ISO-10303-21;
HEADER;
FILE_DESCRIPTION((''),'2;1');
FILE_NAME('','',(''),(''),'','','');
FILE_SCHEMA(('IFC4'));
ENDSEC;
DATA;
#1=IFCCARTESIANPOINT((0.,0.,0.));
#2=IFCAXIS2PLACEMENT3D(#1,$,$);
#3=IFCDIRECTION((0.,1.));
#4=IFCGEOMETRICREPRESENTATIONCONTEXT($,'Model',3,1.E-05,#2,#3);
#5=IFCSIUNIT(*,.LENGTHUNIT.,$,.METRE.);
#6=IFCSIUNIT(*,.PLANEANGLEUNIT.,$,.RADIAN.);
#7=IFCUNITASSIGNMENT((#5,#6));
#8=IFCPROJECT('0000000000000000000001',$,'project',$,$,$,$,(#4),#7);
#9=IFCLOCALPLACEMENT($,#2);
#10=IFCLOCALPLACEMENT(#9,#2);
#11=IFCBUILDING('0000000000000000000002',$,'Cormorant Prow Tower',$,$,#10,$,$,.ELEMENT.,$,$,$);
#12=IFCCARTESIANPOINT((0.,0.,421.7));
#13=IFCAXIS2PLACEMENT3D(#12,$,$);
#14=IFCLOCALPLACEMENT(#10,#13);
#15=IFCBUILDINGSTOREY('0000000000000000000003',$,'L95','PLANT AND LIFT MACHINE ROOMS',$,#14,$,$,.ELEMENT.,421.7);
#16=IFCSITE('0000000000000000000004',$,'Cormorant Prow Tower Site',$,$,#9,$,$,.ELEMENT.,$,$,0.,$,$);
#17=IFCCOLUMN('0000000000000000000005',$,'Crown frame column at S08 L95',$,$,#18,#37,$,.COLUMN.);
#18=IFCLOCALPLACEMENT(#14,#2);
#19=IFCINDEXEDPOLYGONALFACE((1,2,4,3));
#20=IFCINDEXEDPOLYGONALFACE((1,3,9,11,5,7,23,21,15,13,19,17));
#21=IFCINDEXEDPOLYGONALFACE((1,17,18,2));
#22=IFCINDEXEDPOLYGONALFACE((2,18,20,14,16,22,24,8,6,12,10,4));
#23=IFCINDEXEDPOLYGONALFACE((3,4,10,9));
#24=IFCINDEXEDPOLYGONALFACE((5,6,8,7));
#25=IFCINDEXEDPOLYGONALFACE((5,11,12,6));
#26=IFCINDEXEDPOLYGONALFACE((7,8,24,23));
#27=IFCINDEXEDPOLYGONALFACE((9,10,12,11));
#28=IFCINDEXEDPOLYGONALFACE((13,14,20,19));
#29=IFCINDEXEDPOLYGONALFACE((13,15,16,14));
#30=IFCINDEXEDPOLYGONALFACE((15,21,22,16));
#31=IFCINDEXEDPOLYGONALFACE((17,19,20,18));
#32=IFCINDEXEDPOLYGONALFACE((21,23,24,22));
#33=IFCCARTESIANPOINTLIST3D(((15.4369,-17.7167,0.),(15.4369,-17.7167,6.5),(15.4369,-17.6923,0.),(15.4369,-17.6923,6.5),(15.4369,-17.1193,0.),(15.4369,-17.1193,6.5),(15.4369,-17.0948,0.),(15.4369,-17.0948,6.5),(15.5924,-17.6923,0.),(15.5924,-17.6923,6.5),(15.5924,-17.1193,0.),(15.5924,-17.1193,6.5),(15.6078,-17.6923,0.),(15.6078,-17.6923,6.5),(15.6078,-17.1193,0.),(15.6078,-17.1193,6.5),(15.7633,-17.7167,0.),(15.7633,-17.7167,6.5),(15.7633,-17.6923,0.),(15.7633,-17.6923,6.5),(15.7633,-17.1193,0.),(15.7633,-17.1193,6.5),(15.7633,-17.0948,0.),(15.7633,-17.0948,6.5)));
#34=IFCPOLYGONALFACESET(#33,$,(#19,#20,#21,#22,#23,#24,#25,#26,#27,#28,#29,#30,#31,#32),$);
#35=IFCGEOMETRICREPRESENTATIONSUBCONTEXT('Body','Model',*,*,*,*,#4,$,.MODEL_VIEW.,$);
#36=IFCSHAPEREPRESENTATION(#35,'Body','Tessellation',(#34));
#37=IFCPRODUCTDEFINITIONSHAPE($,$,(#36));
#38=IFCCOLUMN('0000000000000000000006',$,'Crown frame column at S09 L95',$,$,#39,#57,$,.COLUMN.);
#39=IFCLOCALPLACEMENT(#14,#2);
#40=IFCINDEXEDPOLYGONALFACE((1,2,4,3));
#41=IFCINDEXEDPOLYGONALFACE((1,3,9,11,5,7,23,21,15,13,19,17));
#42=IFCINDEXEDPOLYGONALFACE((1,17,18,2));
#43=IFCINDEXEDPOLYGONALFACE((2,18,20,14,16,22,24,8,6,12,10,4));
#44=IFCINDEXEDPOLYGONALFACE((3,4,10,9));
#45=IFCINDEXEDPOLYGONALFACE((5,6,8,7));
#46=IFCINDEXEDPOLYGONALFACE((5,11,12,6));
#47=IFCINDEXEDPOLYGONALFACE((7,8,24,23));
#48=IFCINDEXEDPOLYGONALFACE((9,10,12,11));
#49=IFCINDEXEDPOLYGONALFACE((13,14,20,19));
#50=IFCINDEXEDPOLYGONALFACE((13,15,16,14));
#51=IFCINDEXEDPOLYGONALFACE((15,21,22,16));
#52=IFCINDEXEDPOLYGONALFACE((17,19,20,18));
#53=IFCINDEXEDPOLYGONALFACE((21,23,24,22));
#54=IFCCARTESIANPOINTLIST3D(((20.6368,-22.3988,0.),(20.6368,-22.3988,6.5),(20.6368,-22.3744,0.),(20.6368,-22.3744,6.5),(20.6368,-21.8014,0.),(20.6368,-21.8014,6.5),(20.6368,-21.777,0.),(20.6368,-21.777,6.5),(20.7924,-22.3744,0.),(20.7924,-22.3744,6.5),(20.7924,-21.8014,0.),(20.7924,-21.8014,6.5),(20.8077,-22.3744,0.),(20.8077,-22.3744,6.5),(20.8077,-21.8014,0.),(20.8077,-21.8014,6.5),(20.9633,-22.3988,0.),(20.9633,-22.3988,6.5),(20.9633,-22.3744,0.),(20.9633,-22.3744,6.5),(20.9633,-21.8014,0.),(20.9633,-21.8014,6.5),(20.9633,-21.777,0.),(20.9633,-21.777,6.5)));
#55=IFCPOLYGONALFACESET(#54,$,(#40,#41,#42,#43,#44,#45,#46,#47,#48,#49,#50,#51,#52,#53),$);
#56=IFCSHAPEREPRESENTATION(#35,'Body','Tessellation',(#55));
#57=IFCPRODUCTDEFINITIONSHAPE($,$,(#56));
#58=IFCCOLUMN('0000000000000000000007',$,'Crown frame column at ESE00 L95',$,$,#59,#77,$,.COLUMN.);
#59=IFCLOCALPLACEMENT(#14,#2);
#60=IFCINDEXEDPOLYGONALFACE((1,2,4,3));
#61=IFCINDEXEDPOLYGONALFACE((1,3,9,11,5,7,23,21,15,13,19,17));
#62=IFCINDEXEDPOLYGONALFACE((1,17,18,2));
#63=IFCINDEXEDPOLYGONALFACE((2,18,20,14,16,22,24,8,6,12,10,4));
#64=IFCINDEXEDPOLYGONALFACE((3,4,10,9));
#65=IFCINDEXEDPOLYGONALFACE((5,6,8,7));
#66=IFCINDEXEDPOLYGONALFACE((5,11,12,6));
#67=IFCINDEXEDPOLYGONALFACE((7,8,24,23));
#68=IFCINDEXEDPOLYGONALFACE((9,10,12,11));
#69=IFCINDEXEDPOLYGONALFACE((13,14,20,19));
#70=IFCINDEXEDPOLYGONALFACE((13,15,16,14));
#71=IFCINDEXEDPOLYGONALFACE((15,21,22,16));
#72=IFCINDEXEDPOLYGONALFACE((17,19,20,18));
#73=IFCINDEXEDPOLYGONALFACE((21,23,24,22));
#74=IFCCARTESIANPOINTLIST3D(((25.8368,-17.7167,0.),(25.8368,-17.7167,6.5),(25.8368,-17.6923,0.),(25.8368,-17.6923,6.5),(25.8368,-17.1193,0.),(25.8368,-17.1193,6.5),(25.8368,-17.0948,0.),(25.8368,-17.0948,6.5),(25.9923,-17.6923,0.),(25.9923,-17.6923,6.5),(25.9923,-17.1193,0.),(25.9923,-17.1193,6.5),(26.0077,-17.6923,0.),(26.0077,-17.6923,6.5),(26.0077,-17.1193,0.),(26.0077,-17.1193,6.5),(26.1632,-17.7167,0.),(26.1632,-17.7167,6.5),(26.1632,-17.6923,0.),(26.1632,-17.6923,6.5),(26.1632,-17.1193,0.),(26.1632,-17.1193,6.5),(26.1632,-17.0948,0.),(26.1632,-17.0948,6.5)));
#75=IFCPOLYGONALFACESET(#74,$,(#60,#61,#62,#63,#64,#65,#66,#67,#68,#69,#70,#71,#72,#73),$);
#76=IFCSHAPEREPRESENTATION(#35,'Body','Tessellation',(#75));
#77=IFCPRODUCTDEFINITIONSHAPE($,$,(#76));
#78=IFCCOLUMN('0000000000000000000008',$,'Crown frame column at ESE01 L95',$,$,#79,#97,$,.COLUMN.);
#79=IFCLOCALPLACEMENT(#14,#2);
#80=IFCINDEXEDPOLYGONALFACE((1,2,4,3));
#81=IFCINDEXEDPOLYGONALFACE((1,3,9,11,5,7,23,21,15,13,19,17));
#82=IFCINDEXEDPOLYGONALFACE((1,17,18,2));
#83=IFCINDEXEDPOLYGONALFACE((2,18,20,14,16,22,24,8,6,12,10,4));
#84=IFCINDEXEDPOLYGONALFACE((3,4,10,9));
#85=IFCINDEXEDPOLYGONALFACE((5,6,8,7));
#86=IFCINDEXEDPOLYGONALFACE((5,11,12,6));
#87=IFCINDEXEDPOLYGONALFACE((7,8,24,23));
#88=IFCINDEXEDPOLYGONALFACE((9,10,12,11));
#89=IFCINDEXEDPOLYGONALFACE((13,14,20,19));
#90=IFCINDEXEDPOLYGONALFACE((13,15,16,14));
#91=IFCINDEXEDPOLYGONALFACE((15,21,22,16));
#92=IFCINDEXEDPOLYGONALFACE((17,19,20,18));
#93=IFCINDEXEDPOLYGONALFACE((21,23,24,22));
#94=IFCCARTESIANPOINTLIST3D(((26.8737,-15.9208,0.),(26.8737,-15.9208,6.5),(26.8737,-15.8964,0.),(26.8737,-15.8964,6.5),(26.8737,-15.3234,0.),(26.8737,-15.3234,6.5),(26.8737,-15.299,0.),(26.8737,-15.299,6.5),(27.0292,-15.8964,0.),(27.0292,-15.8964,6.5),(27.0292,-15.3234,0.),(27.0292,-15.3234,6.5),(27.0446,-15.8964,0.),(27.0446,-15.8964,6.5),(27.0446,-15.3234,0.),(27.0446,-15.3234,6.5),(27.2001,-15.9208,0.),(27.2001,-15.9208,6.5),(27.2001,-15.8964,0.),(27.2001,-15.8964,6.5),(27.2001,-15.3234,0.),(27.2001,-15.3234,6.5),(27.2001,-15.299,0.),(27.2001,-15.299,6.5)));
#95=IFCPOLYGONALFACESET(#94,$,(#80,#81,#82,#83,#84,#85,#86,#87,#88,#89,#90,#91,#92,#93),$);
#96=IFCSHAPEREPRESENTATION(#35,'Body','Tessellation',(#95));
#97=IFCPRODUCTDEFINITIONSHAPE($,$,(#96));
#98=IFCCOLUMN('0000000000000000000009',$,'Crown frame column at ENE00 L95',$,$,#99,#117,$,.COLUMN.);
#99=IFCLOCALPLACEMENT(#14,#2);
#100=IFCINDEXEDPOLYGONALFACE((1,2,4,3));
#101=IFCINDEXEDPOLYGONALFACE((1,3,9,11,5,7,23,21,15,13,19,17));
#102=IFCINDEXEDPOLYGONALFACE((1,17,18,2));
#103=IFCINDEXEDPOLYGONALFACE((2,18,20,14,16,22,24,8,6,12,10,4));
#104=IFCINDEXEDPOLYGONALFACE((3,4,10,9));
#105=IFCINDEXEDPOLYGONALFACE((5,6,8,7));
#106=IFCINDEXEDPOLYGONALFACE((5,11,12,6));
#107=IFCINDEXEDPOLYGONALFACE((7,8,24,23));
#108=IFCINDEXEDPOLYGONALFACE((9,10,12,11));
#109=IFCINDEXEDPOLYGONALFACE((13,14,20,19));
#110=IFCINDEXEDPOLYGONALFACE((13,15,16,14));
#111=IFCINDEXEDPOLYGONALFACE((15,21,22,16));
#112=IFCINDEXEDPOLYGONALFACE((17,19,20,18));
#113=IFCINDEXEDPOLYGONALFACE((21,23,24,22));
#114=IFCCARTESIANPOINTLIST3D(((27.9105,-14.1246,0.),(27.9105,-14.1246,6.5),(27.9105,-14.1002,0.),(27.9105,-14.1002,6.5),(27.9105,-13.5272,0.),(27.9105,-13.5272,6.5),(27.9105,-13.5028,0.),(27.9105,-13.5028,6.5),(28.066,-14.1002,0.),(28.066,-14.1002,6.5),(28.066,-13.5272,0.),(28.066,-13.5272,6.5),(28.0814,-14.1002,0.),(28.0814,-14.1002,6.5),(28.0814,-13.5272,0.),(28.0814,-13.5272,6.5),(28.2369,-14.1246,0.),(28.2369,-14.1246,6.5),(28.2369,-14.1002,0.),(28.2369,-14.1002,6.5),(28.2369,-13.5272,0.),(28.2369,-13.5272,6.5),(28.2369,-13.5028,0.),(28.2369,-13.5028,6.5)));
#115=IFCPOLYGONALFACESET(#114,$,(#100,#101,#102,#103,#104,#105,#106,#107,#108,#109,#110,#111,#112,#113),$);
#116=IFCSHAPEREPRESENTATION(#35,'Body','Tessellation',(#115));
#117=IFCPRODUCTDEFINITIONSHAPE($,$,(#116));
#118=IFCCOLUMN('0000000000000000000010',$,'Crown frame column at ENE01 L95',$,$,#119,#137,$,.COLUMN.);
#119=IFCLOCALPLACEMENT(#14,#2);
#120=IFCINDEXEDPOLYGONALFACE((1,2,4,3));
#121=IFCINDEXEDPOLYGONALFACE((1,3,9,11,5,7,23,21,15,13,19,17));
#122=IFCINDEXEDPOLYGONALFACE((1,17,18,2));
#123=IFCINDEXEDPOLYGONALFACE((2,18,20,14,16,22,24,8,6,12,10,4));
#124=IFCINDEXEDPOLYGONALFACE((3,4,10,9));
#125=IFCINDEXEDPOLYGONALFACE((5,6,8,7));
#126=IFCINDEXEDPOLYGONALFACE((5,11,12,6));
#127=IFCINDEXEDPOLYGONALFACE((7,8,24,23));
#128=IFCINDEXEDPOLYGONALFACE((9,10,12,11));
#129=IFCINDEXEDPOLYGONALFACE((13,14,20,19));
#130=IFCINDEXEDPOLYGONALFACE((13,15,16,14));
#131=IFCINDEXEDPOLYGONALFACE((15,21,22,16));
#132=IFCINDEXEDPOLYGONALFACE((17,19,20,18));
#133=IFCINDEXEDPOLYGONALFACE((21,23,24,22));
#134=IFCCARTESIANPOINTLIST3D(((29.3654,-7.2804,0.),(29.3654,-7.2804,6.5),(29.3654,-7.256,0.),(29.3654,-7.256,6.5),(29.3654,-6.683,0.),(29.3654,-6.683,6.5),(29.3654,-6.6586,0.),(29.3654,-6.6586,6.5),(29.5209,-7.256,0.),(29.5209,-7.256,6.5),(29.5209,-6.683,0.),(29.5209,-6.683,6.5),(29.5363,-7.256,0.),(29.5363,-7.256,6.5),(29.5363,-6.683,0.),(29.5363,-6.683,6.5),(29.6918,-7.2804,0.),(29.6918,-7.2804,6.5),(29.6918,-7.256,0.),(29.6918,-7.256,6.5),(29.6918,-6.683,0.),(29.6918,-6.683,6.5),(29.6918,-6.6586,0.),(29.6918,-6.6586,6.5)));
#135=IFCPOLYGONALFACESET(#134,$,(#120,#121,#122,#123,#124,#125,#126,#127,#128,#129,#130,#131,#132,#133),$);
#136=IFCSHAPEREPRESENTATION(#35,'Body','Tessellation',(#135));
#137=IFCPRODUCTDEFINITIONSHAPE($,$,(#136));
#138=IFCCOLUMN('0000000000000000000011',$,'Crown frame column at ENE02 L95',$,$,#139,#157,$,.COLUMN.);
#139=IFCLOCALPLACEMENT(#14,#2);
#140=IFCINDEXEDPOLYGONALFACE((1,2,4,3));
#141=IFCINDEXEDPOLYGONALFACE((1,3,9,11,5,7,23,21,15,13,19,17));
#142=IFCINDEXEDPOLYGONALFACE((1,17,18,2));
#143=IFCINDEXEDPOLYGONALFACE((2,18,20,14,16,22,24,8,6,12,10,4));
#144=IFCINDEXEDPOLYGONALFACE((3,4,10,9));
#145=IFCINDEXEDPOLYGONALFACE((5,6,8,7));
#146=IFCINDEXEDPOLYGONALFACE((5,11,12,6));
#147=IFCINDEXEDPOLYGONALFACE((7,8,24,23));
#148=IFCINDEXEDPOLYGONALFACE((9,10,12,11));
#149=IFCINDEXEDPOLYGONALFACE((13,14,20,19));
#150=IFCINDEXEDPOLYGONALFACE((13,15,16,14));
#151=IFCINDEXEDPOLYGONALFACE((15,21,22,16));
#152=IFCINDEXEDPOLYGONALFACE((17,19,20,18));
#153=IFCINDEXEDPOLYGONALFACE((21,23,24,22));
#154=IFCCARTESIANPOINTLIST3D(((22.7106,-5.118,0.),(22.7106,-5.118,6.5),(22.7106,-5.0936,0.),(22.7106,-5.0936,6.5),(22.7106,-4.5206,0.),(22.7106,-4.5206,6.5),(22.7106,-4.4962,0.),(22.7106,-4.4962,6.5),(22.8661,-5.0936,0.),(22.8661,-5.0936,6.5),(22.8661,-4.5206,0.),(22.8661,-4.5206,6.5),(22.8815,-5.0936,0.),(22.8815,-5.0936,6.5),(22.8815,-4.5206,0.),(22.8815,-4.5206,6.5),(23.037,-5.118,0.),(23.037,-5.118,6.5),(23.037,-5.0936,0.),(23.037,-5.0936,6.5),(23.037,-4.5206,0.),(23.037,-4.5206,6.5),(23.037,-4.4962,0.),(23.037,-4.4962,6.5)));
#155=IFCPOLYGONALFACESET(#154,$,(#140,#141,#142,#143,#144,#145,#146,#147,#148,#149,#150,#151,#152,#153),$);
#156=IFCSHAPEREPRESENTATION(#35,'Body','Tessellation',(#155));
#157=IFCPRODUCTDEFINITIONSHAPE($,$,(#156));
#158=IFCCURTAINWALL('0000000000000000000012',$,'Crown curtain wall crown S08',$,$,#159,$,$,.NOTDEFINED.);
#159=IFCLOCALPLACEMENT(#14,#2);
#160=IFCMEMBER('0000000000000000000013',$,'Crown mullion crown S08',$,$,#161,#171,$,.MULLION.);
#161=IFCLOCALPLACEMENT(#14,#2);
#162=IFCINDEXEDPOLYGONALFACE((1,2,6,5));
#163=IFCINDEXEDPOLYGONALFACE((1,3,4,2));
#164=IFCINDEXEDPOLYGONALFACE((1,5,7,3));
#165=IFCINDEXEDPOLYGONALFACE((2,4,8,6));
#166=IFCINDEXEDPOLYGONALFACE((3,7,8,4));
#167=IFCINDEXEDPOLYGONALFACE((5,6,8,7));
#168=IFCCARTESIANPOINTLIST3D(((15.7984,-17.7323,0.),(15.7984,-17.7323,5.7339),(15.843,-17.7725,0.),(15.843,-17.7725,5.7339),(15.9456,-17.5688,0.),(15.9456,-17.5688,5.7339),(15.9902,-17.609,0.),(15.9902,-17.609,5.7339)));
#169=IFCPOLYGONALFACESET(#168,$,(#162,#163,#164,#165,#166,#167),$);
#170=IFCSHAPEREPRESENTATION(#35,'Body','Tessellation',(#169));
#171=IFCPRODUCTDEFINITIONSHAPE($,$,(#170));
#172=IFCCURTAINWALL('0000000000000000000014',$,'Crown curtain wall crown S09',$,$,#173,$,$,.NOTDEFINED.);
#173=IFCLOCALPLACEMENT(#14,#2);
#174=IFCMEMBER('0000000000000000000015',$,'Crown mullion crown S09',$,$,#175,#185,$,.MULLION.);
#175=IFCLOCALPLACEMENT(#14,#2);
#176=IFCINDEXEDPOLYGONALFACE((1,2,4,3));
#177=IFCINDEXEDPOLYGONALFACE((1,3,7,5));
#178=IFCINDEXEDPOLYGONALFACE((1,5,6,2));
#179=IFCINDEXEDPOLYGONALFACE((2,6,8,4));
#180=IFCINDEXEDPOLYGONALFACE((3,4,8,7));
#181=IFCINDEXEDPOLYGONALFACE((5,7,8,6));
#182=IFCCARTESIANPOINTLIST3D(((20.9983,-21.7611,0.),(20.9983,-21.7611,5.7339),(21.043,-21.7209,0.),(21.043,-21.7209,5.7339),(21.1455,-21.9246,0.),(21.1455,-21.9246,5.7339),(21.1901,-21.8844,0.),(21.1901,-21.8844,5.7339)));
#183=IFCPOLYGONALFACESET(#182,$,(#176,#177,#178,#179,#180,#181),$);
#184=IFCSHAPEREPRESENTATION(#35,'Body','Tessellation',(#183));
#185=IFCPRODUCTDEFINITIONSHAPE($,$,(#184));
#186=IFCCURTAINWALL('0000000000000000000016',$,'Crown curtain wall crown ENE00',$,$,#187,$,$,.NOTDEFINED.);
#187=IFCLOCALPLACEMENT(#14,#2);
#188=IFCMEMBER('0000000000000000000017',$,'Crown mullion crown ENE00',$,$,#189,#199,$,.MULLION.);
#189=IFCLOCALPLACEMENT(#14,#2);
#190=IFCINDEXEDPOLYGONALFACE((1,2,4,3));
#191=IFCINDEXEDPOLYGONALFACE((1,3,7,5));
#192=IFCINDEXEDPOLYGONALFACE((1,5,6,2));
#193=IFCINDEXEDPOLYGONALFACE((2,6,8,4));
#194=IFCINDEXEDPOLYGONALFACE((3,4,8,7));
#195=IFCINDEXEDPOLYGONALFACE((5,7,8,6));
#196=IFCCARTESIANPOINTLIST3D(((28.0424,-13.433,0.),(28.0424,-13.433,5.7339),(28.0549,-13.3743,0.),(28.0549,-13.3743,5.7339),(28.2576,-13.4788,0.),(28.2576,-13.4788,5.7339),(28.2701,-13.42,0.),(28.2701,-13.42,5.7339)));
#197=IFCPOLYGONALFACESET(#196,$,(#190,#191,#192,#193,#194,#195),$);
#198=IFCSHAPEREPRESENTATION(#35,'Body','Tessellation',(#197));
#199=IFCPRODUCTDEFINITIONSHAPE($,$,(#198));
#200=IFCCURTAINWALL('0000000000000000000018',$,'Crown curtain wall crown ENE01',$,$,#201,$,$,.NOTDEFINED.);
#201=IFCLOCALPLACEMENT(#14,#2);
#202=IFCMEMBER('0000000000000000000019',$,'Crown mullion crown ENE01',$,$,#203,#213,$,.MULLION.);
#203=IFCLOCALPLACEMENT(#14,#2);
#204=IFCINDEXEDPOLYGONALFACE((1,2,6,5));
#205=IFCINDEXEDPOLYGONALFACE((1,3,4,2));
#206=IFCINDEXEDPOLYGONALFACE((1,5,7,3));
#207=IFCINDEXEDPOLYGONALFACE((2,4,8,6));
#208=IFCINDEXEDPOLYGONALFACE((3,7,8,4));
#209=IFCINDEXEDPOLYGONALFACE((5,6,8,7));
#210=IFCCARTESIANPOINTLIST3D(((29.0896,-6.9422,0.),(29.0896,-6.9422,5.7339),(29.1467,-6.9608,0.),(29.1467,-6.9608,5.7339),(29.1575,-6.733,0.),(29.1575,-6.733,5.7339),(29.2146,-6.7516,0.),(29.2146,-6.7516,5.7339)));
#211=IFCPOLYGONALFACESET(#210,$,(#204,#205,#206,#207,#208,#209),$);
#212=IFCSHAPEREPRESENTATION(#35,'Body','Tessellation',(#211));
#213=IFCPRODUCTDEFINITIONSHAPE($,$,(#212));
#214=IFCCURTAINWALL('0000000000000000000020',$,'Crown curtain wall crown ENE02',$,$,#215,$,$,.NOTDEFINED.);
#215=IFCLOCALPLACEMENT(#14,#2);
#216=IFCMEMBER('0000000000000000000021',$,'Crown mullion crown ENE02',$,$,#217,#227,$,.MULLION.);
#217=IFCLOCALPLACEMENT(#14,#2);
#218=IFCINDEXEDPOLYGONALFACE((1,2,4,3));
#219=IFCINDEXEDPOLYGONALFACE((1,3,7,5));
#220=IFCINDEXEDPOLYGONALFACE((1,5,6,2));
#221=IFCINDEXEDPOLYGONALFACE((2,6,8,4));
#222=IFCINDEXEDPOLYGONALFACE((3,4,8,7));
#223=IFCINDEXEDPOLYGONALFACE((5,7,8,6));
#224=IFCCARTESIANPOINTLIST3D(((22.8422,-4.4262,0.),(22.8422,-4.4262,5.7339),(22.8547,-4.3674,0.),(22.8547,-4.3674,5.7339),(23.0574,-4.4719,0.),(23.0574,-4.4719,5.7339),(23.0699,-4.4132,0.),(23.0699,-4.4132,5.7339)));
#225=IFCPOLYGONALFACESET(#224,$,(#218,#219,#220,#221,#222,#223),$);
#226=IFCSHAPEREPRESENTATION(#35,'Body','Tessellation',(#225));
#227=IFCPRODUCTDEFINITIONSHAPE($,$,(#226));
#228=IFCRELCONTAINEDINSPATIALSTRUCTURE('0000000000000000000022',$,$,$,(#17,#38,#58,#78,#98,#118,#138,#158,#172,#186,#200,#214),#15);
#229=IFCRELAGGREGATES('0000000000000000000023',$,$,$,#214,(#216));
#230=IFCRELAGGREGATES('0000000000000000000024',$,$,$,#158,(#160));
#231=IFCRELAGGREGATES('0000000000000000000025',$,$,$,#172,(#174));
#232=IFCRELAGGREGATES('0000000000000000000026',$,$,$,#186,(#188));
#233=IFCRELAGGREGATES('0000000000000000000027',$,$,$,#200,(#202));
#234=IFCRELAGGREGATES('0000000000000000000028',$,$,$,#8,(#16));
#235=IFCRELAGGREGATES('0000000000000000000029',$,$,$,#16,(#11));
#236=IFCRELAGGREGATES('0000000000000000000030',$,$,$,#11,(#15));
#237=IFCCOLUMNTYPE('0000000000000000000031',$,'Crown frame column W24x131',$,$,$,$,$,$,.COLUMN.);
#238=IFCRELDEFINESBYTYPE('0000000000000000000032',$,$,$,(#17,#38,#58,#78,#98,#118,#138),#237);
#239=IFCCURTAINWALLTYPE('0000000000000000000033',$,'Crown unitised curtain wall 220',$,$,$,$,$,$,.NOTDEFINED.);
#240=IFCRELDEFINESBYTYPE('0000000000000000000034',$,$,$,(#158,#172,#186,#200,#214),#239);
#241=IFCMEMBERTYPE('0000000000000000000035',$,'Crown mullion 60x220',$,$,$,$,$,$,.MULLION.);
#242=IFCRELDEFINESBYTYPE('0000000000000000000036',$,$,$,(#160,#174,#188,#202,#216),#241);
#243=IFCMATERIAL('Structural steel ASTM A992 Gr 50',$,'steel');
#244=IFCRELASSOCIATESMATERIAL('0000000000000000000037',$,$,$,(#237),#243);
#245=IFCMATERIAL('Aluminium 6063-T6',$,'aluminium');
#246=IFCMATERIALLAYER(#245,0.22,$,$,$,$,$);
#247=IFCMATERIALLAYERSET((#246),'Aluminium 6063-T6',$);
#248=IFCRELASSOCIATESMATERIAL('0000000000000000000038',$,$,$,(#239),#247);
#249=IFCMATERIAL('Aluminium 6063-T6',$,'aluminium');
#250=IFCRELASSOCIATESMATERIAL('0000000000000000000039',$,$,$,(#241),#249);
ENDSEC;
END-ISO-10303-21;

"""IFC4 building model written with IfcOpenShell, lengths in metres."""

from ifc_helpers import new_model, si_unit, direction, frame, origin, origin_2d, place, context, subcontext, project, spatial, rectangle, i_section, extrude, material, layer, layer_set, material_profile, profile_set, type_object, element, aggregate, save


model = new_model("IFC4")

# Units and contexts
model_context = context("Model", 3, precision=1e-05, world=origin(), true_north=direction((0.0, 1.0)))
body_context = subcontext(model_context, "Body", "Model", "MODEL_VIEW")
ifc_project = project(units=[si_unit("LENGTHUNIT", "METRE"), si_unit("PLANEANGLEUNIT", "RADIAN")], contexts=[model_context])

# Site, building, storey
site_placement = place(None, origin())
site = spatial("IfcSite", under=ifc_project, at=site_placement, Name="Cormorant Prow Tower Site", CompositionType="ELEMENT", RefElevation=0.0)
building_placement = place(site_placement, origin())
building = spatial("IfcBuilding", under=site, at=building_placement, Name="Cormorant Prow Tower", CompositionType="ELEMENT")
storey_placement = place(building_placement, frame((0.0, 0.0, 421.7)))
storey = spatial("IfcBuildingStorey", under=building, at=storey_placement, Name="L95", Description="PLANT AND LIFT MACHINE ROOMS", CompositionType="ELEMENT", Elevation=421.7)

# Columns
ifc_material_1 = material(Name="Structural steel ASTM A992 Gr 50", Category="steel")
ifc_material_profile_1 = material_profile(ifc_material_1, i_section(OverallWidth=0.3264, OverallDepth=0.6218, WebThickness=0.0154, FlangeThickness=0.0244, at=origin_2d()), Name="W24x131")
ifc_profile_set_1 = profile_set([ifc_material_profile_1], Name="Structural steel ASTM A992 Gr 50")
column_type = type_object("IfcColumnType", Name="Crown frame column W24x131", PredefinedType="COLUMN", material=ifc_profile_set_1)
for number, where, z_axis, x_axis, name in (
    (1, (15.6001, -17.4058, 0.0), (0.0, 0.0, 1.0), (1.0, 0.0, 0.0), "Crown frame column at S08 L95"),
    (2, (20.8, -22.0879, 0.0), (0.0, 0.0, 1.0), (1.0, 0.0, 0.0), "Crown frame column at S09 L95"),
    (3, (26.0, -17.4058, 0.0), (0.0, 0.0, 1.0), (1.0, 0.0, 0.0), "Crown frame column at ESE00 L95"),
    (4, (27.0369, -15.6099, 0.0), (0.0, 0.0, 1.0), (1.0, 0.0, 0.0), "Crown frame column at ESE01 L95"),
    (5, (28.0737, -13.8137, 0.0), (0.0, 0.0, 1.0), (1.0, 0.0, 0.0), "Crown frame column at ENE00 L95"),
    (6, (29.5286, -6.9695, 0.0), (0.0, 0.0, 1.0), (1.0, 0.0, 0.0), "Crown frame column at ENE01 L95"),
    (7, (22.8738, -4.8071, 0.0), (0.0, 0.0, 1.0), (1.0, 0.0, 0.0), "Crown frame column at ENE02 L95"),
):
    element("IfcColumn", number, at=place(storey_placement, frame(where, z_axis=z_axis, x_axis=x_axis)), inside=storey, type_object=column_type, Name=name, PredefinedType="COLUMN", context=body_context, shape_type="SweptSolid", body=[
        extrude(i_section(OverallWidth=0.3264, OverallDepth=0.6218, WebThickness=0.0154, FlangeThickness=0.0244, at=origin_2d()), origin(), (0.0, 0.0, 1.0), 6.5),
    ])

# Curtain walls, members
ifc_material_2 = material(Name="Aluminium 6063-T6", Category="aluminium")
ifc_layer_1 = layer(ifc_material_2, 0.22)
ifc_layer_set_1 = layer_set([ifc_layer_1], Name="Aluminium 6063-T6")
curtain_wall_type = type_object("IfcCurtainWallType", Name="Crown unitised curtain wall 220", PredefinedType="NOTDEFINED", material=ifc_layer_set_1)
curtain_wall_1_placement = place(storey_placement, origin())
curtain_wall_1 = element("IfcCurtainWall", 8, at=curtain_wall_1_placement, inside=storey, type_object=curtain_wall_type, Name="Crown curtain wall crown S08", PredefinedType="NOTDEFINED")
ifc_material_3 = material(Name="Aluminium 6063-T6", Category="aluminium")
ifc_material_profile_2 = material_profile(ifc_material_3, rectangle(XDim=0.22, YDim=0.0601, at=origin_2d()), Name="Crown mullion 60x220")
ifc_profile_set_2 = profile_set([ifc_material_profile_2], Name="Aluminium 6063-T6")
member_type_1 = type_object("IfcMemberType", Name="Crown mullion 60x220", PredefinedType="MULLION", material=ifc_profile_set_2)
member_1_placement = place(storey_placement, frame((15.8943, -17.6707, 0.0), z_axis=(0.0, 0.0, 1.0), x_axis=(0.669131, 0.743145, 0.0)))
member_1 = element("IfcMember", 9, at=member_1_placement, type_object=member_type_1, Name="Crown mullion crown S08", PredefinedType="MULLION", context=body_context, shape_type="SweptSolid", body=[
    extrude(rectangle(XDim=0.22, YDim=0.0601, at=origin_2d()), origin(), (0.0, 0.0, 1.0), 5.7339),
])
curtain_wall_2_placement = place(storey_placement, origin())
curtain_wall_2 = element("IfcCurtainWall", 10, at=curtain_wall_2_placement, inside=storey, type_object=curtain_wall_type, Name="Crown curtain wall crown S09", PredefinedType="NOTDEFINED")
member_2_placement = place(storey_placement, frame((21.0942, -21.8228, 0.0), z_axis=(0.0, 0.0, 1.0), x_axis=(-0.669131, 0.743145, 0.0)))
member_2 = element("IfcMember", 11, at=member_2_placement, type_object=member_type_1, Name="Crown mullion crown S09", PredefinedType="MULLION", context=body_context, shape_type="SweptSolid", body=[
    extrude(rectangle(XDim=0.22, YDim=0.0601, at=origin_2d()), origin(), (0.0, 0.0, 1.0), 5.7339),
])
curtain_wall_3_placement = place(storey_placement, origin())
curtain_wall_3 = element("IfcCurtainWall", 12, at=curtain_wall_3_placement, inside=storey, type_object=curtain_wall_type, Name="Crown curtain wall crown ENE00", PredefinedType="NOTDEFINED")
member_3_placement = place(storey_placement, frame((28.1562, -13.4265, 0.0), z_axis=(0.0, 0.0, 1.0), x_axis=(-0.978148, 0.207912, 0.0)))
member_3 = element("IfcMember", 13, at=member_3_placement, type_object=member_type_1, Name="Crown mullion crown ENE00", PredefinedType="MULLION", context=body_context, shape_type="SweptSolid", body=[
    extrude(rectangle(XDim=0.22, YDim=0.0601, at=origin_2d()), origin(), (0.0, 0.0, 1.0), 5.7339),
])
curtain_wall_4_placement = place(storey_placement, origin())
curtain_wall_4 = element("IfcCurtainWall", 14, at=curtain_wall_4_placement, inside=storey, type_object=curtain_wall_type, Name="Crown curtain wall crown ENE01", PredefinedType="NOTDEFINED")
member_4_placement = place(storey_placement, frame((29.1521, -6.8469, 0.0), z_axis=(0.0, 0.0, 1.0), x_axis=(-0.309017, -0.951057, 0.0)))
member_4 = element("IfcMember", 15, at=member_4_placement, type_object=member_type_1, Name="Crown mullion crown ENE01", PredefinedType="MULLION", context=body_context, shape_type="SweptSolid", body=[
    extrude(rectangle(XDim=0.22, YDim=0.0601, at=origin_2d()), origin(), (0.0, 0.0, 1.0), 5.7339),
])
curtain_wall_5_placement = place(storey_placement, origin())
curtain_wall_5 = element("IfcCurtainWall", 16, at=curtain_wall_5_placement, inside=storey, type_object=curtain_wall_type, Name="Crown curtain wall crown ENE02", PredefinedType="NOTDEFINED")
member_5_placement = place(storey_placement, frame((22.9561, -4.4197, 0.0), z_axis=(0.0, 0.0, 1.0), x_axis=(-0.978148, 0.207912, 0.0)))
member_5 = element("IfcMember", 17, at=member_5_placement, type_object=member_type_1, Name="Crown mullion crown ENE02", PredefinedType="MULLION", context=body_context, shape_type="SweptSolid", body=[
    extrude(rectangle(XDim=0.22, YDim=0.0601, at=origin_2d()), origin(), (0.0, 0.0, 1.0), 5.7339),
])

aggregate(curtain_wall_5, [member_5])

aggregate(curtain_wall_1, [member_1])
aggregate(curtain_wall_2, [member_2])
aggregate(curtain_wall_3, [member_3])
aggregate(curtain_wall_4, [member_4])

save(model, "model.ifc")
